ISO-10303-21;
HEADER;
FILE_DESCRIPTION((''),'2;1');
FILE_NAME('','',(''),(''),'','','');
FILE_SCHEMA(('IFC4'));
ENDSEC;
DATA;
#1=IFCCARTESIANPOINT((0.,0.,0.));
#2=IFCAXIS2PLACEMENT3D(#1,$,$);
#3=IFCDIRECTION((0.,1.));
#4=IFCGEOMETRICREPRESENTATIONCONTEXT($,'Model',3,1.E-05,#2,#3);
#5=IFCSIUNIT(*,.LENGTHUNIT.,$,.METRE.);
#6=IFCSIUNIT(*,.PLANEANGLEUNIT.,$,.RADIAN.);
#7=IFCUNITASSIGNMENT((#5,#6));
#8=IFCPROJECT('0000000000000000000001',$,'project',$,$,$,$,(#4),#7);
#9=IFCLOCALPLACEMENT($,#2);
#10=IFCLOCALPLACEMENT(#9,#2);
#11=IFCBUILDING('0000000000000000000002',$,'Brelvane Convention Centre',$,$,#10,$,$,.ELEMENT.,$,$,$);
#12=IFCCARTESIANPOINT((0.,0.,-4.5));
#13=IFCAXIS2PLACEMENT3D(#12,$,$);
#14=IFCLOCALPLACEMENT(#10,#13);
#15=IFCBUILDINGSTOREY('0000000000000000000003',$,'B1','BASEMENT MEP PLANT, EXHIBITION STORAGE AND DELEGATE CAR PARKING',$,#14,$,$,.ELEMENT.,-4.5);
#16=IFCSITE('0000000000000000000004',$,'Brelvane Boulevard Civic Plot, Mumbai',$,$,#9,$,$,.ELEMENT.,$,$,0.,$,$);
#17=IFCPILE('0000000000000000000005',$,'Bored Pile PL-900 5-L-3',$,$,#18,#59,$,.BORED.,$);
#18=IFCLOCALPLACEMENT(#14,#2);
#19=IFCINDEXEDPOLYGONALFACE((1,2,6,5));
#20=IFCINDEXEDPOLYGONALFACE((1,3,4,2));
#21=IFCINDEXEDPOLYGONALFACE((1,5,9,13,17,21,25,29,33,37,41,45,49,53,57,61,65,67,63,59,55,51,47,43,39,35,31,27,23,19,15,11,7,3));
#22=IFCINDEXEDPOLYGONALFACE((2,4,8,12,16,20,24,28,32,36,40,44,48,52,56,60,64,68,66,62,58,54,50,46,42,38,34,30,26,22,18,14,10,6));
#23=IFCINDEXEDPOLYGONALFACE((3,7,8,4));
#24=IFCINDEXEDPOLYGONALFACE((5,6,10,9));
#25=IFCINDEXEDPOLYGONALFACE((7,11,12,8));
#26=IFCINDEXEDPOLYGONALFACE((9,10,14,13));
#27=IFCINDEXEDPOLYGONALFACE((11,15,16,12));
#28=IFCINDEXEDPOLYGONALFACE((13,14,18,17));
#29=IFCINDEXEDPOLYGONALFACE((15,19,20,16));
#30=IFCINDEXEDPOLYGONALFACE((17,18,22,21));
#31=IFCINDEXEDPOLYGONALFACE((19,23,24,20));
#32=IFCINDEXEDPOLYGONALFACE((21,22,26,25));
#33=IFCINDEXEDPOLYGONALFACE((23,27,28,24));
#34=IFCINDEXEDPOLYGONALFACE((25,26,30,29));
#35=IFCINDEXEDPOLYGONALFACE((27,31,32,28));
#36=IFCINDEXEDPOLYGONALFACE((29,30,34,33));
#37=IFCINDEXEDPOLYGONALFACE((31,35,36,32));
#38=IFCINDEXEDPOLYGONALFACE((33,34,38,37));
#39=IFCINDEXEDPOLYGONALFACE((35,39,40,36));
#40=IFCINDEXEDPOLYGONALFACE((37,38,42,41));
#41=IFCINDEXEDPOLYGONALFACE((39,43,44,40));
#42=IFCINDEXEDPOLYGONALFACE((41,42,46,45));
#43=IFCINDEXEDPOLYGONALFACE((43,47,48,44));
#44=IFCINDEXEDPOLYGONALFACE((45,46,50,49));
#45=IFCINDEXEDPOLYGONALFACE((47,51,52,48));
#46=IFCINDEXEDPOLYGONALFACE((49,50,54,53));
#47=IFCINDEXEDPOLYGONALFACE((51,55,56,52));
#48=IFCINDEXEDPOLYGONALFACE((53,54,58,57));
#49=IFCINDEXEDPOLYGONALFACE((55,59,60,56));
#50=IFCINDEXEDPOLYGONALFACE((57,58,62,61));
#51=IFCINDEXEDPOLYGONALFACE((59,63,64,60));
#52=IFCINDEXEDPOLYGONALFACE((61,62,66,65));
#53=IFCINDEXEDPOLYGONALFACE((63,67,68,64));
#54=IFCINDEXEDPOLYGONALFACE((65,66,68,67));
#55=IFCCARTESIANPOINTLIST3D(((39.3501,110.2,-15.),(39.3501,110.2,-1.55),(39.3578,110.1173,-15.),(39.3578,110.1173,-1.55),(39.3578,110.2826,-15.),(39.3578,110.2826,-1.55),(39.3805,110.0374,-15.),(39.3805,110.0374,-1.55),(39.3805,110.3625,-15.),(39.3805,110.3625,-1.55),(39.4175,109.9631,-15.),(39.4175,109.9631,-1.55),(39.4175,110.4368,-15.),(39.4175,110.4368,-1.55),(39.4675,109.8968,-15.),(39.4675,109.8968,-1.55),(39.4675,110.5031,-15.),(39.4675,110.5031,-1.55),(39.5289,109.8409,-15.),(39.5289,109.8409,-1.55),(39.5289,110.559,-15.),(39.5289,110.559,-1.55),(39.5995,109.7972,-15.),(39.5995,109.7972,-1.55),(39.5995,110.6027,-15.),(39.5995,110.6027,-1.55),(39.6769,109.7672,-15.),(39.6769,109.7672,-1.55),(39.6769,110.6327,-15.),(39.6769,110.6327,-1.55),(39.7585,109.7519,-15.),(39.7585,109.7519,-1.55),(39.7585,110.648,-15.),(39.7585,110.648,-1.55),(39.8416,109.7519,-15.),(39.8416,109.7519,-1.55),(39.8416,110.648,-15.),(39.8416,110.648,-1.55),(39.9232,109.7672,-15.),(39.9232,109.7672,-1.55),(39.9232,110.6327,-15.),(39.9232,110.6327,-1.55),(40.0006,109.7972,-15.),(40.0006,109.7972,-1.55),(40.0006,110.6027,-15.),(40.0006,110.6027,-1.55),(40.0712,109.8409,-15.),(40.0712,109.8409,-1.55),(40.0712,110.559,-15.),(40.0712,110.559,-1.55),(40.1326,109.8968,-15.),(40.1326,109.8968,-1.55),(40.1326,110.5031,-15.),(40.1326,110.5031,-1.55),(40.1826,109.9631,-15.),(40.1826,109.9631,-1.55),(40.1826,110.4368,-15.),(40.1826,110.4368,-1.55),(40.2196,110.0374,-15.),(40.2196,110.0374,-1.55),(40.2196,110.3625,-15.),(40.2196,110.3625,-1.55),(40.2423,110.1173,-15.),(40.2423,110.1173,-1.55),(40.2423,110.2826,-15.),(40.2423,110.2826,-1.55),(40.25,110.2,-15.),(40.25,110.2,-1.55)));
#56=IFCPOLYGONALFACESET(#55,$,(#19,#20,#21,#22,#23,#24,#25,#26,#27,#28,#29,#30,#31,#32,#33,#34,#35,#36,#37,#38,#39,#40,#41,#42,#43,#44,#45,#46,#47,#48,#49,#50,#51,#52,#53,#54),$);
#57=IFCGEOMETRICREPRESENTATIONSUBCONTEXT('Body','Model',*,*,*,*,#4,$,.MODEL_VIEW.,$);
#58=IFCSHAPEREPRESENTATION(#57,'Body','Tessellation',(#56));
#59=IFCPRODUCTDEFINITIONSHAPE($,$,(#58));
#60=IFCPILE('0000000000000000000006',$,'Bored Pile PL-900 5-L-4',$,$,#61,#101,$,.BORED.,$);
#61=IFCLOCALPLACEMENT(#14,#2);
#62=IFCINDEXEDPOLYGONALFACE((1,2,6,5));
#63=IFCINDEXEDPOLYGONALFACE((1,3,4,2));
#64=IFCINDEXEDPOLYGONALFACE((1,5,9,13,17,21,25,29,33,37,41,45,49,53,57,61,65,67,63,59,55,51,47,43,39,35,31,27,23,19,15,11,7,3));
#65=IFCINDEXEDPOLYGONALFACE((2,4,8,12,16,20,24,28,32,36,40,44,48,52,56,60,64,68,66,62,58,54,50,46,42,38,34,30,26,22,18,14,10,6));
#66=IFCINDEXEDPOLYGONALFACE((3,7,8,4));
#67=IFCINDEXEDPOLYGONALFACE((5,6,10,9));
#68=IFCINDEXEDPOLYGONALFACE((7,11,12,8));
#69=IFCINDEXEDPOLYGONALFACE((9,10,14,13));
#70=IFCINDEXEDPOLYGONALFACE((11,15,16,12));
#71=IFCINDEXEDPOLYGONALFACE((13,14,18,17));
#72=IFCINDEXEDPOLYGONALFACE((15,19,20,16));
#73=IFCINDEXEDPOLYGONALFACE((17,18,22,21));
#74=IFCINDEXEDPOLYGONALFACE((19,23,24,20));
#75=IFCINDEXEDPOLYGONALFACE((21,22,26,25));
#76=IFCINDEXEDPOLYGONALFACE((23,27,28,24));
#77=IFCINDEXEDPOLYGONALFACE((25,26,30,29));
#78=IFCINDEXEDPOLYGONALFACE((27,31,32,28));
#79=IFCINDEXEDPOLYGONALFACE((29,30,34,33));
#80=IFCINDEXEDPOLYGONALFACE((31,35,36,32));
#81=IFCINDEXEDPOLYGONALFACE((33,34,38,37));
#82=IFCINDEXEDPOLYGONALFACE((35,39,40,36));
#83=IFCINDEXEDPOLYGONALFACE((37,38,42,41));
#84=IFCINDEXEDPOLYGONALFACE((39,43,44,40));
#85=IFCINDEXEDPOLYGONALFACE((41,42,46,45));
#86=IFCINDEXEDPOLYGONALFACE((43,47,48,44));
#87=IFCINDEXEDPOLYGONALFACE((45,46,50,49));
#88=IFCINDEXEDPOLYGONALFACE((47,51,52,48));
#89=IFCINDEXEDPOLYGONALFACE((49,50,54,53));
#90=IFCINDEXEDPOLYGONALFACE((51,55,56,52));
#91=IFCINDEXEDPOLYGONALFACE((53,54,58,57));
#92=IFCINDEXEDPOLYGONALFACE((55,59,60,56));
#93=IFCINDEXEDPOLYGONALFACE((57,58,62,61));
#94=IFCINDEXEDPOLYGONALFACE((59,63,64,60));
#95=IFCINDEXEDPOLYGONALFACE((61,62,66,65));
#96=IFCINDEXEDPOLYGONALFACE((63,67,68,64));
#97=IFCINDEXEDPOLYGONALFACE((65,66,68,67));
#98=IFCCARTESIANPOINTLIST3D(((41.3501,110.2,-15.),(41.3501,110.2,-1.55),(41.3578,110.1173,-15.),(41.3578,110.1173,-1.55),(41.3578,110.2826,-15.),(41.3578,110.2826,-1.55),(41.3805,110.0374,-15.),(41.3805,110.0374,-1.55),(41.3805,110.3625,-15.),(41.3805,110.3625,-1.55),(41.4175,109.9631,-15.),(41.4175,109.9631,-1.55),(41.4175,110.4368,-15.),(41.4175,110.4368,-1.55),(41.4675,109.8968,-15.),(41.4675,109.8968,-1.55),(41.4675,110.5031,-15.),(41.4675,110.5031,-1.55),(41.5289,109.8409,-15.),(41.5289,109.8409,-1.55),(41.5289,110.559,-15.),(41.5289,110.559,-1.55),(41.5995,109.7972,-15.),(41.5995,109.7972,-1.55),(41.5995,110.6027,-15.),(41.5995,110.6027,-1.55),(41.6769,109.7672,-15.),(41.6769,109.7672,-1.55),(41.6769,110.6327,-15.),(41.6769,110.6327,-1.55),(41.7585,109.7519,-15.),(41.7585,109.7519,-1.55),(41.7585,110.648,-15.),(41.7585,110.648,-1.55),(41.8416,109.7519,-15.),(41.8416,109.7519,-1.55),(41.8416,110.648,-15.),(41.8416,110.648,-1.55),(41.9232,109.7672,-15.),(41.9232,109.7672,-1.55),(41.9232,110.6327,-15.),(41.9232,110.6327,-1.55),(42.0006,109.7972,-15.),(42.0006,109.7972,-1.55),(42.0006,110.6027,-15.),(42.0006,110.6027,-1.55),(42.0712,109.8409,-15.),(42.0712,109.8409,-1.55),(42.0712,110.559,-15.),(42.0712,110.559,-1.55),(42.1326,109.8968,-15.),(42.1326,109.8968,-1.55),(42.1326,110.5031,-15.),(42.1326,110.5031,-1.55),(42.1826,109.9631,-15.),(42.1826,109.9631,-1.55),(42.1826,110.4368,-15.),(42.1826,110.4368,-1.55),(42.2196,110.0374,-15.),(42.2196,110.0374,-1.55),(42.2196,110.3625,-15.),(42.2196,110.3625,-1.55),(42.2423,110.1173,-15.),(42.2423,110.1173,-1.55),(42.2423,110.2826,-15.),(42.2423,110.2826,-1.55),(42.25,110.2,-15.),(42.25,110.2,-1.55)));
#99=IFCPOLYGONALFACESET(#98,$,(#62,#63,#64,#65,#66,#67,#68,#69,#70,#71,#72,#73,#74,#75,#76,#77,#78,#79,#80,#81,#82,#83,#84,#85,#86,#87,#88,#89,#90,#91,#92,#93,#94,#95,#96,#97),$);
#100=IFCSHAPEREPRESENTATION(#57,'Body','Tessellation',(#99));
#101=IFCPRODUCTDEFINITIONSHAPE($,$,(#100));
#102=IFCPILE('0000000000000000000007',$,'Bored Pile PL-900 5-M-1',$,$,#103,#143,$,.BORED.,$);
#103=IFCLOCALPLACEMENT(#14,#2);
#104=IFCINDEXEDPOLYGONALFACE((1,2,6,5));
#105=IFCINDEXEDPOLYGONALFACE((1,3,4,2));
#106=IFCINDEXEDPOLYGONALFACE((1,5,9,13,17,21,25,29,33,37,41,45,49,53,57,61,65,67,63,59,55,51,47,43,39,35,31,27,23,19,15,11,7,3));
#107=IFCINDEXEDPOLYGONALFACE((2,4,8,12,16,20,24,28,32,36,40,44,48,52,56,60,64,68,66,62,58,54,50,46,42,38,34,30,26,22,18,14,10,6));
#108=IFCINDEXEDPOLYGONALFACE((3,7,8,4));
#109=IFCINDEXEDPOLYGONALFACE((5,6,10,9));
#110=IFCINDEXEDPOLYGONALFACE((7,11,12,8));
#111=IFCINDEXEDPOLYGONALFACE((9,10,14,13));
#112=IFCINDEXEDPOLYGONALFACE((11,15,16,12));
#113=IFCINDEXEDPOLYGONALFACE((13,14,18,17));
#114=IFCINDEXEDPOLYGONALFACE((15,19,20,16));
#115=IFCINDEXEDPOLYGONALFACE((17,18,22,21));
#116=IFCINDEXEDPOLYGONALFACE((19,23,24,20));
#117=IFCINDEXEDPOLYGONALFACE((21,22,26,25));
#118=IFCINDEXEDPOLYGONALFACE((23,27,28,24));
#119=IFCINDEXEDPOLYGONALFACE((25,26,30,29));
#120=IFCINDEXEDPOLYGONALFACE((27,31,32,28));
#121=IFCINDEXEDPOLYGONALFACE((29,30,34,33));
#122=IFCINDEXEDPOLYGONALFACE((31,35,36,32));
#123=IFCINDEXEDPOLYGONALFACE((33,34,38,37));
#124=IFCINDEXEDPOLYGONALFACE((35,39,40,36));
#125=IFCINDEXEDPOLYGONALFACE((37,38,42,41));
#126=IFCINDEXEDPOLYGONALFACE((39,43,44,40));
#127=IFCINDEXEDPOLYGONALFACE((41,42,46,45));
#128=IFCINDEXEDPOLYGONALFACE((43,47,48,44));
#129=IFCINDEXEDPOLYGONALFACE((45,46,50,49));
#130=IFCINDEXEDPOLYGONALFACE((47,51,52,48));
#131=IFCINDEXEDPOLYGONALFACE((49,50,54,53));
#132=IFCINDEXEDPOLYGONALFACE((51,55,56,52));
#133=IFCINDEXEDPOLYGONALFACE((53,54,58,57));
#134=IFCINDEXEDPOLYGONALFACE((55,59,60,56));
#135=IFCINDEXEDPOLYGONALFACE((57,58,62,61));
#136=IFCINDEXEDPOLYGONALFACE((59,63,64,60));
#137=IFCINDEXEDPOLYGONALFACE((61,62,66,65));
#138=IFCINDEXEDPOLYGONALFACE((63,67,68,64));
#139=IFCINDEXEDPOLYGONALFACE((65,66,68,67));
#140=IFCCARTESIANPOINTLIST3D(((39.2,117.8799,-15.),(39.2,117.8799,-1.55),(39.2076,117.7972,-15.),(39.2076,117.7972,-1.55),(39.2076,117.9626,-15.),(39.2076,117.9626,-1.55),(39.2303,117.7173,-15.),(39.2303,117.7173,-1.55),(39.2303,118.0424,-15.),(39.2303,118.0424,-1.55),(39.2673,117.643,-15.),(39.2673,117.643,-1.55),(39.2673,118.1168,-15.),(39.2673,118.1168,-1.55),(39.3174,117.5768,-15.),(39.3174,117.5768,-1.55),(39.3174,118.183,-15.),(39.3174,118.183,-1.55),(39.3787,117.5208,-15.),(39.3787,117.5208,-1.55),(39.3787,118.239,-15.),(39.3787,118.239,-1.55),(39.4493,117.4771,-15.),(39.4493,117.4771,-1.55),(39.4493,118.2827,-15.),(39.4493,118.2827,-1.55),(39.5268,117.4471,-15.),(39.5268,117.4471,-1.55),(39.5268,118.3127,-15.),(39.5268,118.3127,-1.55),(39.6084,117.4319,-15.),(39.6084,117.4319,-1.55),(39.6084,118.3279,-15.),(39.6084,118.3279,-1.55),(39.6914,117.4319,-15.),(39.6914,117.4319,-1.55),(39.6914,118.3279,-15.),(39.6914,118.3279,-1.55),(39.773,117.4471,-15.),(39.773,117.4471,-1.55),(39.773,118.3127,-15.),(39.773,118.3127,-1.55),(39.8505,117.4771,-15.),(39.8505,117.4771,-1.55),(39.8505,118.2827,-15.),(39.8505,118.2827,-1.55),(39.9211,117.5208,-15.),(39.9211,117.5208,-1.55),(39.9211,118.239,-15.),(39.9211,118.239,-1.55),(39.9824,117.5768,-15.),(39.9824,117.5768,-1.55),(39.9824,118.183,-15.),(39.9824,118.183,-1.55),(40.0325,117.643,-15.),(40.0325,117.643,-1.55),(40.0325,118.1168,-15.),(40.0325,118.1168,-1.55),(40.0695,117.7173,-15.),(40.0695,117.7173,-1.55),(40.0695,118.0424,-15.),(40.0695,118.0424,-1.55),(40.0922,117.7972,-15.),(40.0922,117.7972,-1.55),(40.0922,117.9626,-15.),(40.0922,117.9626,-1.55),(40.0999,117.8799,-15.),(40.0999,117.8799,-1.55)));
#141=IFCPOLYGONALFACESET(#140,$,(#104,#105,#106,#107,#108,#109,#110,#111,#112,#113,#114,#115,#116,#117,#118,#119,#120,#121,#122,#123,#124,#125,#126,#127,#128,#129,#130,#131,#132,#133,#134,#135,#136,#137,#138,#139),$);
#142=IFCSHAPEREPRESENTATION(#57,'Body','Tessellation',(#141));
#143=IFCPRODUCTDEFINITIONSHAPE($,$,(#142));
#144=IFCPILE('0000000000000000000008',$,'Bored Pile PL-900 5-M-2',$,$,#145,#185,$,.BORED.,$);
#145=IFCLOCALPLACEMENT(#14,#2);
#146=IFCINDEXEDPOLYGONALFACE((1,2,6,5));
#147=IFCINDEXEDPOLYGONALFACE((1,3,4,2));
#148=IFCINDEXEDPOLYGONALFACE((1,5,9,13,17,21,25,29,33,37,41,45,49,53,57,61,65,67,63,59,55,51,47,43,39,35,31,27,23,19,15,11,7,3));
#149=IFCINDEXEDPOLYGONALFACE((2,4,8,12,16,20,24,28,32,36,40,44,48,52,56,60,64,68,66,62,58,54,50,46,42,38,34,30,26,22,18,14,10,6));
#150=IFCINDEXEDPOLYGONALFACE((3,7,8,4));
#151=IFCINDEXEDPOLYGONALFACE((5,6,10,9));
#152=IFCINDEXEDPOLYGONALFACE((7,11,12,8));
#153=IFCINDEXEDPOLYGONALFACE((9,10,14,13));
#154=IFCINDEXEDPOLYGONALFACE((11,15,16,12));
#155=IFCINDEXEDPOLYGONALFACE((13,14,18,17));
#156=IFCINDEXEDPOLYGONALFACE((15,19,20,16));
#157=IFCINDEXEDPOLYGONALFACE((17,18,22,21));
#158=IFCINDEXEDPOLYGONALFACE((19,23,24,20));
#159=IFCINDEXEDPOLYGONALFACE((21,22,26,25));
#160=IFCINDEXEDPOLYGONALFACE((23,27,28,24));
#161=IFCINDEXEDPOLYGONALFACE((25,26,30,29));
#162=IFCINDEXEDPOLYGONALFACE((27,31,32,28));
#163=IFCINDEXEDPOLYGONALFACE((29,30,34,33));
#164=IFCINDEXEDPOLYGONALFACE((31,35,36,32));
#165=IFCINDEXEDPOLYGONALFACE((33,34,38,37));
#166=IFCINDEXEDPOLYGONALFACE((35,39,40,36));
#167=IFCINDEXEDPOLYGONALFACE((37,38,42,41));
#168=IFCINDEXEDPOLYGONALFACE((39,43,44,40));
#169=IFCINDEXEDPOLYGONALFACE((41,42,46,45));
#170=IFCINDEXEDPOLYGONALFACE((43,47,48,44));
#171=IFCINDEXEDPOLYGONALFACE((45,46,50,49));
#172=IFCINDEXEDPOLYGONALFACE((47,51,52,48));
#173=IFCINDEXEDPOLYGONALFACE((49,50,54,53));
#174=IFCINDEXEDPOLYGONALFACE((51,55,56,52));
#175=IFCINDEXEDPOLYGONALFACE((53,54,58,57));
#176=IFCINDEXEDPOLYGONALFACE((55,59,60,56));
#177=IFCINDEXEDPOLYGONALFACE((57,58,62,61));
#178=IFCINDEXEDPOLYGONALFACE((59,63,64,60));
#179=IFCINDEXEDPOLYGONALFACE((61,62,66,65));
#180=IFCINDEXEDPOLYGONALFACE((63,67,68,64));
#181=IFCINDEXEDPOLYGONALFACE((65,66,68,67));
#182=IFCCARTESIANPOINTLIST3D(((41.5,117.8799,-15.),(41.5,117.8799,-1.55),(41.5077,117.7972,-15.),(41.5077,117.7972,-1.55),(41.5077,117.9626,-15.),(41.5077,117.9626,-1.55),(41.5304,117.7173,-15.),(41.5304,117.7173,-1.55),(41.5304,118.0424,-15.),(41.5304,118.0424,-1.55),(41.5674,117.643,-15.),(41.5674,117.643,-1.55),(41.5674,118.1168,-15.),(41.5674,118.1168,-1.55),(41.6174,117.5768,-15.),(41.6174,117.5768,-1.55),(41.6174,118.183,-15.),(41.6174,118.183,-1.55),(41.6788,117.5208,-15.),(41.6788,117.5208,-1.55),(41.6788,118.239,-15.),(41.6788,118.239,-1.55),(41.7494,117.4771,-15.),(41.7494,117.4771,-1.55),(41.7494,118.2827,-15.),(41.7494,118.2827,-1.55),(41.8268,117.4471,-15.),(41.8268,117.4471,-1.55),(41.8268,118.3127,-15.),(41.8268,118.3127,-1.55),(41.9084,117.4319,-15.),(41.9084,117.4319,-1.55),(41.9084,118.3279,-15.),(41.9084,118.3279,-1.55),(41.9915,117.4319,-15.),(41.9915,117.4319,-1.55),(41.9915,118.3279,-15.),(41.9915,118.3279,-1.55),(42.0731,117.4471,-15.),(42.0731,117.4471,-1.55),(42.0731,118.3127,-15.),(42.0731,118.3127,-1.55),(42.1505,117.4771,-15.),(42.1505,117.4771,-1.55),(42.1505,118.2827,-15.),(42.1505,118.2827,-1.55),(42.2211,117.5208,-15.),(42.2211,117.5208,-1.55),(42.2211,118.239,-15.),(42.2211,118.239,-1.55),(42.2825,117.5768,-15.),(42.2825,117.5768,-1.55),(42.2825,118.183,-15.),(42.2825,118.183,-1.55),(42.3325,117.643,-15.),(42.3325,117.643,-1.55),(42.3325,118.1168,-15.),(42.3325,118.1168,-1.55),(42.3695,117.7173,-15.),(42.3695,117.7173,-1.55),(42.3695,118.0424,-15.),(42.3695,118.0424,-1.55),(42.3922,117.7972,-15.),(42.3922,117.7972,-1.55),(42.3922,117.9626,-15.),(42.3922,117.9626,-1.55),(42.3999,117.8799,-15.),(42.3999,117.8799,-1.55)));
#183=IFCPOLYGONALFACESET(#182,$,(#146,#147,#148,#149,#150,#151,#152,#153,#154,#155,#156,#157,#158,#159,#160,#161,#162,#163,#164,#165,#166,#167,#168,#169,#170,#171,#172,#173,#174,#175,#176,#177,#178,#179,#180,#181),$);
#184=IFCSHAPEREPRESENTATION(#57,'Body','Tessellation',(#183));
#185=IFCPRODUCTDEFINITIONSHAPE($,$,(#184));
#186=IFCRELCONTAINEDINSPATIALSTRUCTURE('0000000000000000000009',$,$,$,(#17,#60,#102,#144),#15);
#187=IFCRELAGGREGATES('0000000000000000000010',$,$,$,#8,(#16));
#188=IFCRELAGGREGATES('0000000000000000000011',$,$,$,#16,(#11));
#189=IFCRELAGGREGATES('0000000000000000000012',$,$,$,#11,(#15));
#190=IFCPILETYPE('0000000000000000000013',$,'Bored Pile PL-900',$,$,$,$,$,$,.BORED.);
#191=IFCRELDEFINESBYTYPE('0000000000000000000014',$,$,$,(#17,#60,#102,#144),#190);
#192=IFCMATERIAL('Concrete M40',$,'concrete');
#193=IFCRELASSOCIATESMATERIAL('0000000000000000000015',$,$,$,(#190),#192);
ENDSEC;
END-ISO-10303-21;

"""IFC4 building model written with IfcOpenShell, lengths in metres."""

from ifc_helpers import new_model, si_unit, direction, frame, origin, origin_2d, place, context, subcontext, project, spatial, circle, extrude, material, material_profile, profile_set, type_object, element, save


model = new_model("IFC4")

# Units and contexts
model_context = context("Model", 3, precision=1e-05, world=origin(), true_north=direction((0.0, 1.0)))
body_context = subcontext(model_context, "Body", "Model", "MODEL_VIEW")
ifc_project = project(units=[si_unit("LENGTHUNIT", "METRE"), si_unit("PLANEANGLEUNIT", "RADIAN")], contexts=[model_context])

# Site, building, storey
site_placement = place(None, origin())
site = spatial("IfcSite", under=ifc_project, at=site_placement, Name="Brelvane Boulevard Civic Plot, Mumbai", CompositionType="ELEMENT", RefElevation=0.0)
building_placement = place(site_placement, origin())
building = spatial("IfcBuilding", under=site, at=building_placement, Name="Brelvane Convention Centre", CompositionType="ELEMENT")
storey_placement = place(building_placement, frame((0.0, 0.0, -4.5)))
storey = spatial("IfcBuildingStorey", under=building, at=storey_placement, Name="B1", Description="BASEMENT MEP PLANT, EXHIBITION STORAGE AND DELEGATE CAR PARKING", CompositionType="ELEMENT", Elevation=-4.5)

# Piles
ifc_material_1 = material(Name="Concrete M40", Category="concrete")
ifc_material_profile_1 = material_profile(ifc_material_1, circle(Radius=0.45, at=origin_2d()), Name="PILE D900")
ifc_profile_set_1 = profile_set([ifc_material_profile_1], Name="Concrete M40")
pile_type = type_object("IfcPileType", Name="Bored Pile PL-900", PredefinedType="BORED", material=ifc_profile_set_1)
for number, where, z_axis, x_axis, name in (
    (1, (39.8, 110.2, -1.55), (0.0, 0.0, -1.0), (1.0, 0.0, 0.0), "Bored Pile PL-900 5-L-3"),
    (2, (41.8, 110.2, -1.55), (0.0, 0.0, -1.0), (1.0, 0.0, 0.0), "Bored Pile PL-900 5-L-4"),
    (3, (39.6499, 117.8799, -1.55), (0.0, 0.0, -1.0), (1.0, 0.0, 0.0), "Bored Pile PL-900 5-M-1"),
    (4, (41.95, 117.8799, -1.55), (0.0, 0.0, -1.0), (1.0, 0.0, 0.0), "Bored Pile PL-900 5-M-2"),
):
    element("IfcPile", number, at=place(storey_placement, frame(where, z_axis=z_axis, x_axis=x_axis)), inside=storey, type_object=pile_type, Name=name, PredefinedType="BORED", context=body_context, shape_type="SweptSolid", body=[
        extrude(circle(Radius=0.45, at=origin_2d()), origin(), (0.0, 0.0, 1.0), 13.45),
    ])

save(model, "model.ifc")
